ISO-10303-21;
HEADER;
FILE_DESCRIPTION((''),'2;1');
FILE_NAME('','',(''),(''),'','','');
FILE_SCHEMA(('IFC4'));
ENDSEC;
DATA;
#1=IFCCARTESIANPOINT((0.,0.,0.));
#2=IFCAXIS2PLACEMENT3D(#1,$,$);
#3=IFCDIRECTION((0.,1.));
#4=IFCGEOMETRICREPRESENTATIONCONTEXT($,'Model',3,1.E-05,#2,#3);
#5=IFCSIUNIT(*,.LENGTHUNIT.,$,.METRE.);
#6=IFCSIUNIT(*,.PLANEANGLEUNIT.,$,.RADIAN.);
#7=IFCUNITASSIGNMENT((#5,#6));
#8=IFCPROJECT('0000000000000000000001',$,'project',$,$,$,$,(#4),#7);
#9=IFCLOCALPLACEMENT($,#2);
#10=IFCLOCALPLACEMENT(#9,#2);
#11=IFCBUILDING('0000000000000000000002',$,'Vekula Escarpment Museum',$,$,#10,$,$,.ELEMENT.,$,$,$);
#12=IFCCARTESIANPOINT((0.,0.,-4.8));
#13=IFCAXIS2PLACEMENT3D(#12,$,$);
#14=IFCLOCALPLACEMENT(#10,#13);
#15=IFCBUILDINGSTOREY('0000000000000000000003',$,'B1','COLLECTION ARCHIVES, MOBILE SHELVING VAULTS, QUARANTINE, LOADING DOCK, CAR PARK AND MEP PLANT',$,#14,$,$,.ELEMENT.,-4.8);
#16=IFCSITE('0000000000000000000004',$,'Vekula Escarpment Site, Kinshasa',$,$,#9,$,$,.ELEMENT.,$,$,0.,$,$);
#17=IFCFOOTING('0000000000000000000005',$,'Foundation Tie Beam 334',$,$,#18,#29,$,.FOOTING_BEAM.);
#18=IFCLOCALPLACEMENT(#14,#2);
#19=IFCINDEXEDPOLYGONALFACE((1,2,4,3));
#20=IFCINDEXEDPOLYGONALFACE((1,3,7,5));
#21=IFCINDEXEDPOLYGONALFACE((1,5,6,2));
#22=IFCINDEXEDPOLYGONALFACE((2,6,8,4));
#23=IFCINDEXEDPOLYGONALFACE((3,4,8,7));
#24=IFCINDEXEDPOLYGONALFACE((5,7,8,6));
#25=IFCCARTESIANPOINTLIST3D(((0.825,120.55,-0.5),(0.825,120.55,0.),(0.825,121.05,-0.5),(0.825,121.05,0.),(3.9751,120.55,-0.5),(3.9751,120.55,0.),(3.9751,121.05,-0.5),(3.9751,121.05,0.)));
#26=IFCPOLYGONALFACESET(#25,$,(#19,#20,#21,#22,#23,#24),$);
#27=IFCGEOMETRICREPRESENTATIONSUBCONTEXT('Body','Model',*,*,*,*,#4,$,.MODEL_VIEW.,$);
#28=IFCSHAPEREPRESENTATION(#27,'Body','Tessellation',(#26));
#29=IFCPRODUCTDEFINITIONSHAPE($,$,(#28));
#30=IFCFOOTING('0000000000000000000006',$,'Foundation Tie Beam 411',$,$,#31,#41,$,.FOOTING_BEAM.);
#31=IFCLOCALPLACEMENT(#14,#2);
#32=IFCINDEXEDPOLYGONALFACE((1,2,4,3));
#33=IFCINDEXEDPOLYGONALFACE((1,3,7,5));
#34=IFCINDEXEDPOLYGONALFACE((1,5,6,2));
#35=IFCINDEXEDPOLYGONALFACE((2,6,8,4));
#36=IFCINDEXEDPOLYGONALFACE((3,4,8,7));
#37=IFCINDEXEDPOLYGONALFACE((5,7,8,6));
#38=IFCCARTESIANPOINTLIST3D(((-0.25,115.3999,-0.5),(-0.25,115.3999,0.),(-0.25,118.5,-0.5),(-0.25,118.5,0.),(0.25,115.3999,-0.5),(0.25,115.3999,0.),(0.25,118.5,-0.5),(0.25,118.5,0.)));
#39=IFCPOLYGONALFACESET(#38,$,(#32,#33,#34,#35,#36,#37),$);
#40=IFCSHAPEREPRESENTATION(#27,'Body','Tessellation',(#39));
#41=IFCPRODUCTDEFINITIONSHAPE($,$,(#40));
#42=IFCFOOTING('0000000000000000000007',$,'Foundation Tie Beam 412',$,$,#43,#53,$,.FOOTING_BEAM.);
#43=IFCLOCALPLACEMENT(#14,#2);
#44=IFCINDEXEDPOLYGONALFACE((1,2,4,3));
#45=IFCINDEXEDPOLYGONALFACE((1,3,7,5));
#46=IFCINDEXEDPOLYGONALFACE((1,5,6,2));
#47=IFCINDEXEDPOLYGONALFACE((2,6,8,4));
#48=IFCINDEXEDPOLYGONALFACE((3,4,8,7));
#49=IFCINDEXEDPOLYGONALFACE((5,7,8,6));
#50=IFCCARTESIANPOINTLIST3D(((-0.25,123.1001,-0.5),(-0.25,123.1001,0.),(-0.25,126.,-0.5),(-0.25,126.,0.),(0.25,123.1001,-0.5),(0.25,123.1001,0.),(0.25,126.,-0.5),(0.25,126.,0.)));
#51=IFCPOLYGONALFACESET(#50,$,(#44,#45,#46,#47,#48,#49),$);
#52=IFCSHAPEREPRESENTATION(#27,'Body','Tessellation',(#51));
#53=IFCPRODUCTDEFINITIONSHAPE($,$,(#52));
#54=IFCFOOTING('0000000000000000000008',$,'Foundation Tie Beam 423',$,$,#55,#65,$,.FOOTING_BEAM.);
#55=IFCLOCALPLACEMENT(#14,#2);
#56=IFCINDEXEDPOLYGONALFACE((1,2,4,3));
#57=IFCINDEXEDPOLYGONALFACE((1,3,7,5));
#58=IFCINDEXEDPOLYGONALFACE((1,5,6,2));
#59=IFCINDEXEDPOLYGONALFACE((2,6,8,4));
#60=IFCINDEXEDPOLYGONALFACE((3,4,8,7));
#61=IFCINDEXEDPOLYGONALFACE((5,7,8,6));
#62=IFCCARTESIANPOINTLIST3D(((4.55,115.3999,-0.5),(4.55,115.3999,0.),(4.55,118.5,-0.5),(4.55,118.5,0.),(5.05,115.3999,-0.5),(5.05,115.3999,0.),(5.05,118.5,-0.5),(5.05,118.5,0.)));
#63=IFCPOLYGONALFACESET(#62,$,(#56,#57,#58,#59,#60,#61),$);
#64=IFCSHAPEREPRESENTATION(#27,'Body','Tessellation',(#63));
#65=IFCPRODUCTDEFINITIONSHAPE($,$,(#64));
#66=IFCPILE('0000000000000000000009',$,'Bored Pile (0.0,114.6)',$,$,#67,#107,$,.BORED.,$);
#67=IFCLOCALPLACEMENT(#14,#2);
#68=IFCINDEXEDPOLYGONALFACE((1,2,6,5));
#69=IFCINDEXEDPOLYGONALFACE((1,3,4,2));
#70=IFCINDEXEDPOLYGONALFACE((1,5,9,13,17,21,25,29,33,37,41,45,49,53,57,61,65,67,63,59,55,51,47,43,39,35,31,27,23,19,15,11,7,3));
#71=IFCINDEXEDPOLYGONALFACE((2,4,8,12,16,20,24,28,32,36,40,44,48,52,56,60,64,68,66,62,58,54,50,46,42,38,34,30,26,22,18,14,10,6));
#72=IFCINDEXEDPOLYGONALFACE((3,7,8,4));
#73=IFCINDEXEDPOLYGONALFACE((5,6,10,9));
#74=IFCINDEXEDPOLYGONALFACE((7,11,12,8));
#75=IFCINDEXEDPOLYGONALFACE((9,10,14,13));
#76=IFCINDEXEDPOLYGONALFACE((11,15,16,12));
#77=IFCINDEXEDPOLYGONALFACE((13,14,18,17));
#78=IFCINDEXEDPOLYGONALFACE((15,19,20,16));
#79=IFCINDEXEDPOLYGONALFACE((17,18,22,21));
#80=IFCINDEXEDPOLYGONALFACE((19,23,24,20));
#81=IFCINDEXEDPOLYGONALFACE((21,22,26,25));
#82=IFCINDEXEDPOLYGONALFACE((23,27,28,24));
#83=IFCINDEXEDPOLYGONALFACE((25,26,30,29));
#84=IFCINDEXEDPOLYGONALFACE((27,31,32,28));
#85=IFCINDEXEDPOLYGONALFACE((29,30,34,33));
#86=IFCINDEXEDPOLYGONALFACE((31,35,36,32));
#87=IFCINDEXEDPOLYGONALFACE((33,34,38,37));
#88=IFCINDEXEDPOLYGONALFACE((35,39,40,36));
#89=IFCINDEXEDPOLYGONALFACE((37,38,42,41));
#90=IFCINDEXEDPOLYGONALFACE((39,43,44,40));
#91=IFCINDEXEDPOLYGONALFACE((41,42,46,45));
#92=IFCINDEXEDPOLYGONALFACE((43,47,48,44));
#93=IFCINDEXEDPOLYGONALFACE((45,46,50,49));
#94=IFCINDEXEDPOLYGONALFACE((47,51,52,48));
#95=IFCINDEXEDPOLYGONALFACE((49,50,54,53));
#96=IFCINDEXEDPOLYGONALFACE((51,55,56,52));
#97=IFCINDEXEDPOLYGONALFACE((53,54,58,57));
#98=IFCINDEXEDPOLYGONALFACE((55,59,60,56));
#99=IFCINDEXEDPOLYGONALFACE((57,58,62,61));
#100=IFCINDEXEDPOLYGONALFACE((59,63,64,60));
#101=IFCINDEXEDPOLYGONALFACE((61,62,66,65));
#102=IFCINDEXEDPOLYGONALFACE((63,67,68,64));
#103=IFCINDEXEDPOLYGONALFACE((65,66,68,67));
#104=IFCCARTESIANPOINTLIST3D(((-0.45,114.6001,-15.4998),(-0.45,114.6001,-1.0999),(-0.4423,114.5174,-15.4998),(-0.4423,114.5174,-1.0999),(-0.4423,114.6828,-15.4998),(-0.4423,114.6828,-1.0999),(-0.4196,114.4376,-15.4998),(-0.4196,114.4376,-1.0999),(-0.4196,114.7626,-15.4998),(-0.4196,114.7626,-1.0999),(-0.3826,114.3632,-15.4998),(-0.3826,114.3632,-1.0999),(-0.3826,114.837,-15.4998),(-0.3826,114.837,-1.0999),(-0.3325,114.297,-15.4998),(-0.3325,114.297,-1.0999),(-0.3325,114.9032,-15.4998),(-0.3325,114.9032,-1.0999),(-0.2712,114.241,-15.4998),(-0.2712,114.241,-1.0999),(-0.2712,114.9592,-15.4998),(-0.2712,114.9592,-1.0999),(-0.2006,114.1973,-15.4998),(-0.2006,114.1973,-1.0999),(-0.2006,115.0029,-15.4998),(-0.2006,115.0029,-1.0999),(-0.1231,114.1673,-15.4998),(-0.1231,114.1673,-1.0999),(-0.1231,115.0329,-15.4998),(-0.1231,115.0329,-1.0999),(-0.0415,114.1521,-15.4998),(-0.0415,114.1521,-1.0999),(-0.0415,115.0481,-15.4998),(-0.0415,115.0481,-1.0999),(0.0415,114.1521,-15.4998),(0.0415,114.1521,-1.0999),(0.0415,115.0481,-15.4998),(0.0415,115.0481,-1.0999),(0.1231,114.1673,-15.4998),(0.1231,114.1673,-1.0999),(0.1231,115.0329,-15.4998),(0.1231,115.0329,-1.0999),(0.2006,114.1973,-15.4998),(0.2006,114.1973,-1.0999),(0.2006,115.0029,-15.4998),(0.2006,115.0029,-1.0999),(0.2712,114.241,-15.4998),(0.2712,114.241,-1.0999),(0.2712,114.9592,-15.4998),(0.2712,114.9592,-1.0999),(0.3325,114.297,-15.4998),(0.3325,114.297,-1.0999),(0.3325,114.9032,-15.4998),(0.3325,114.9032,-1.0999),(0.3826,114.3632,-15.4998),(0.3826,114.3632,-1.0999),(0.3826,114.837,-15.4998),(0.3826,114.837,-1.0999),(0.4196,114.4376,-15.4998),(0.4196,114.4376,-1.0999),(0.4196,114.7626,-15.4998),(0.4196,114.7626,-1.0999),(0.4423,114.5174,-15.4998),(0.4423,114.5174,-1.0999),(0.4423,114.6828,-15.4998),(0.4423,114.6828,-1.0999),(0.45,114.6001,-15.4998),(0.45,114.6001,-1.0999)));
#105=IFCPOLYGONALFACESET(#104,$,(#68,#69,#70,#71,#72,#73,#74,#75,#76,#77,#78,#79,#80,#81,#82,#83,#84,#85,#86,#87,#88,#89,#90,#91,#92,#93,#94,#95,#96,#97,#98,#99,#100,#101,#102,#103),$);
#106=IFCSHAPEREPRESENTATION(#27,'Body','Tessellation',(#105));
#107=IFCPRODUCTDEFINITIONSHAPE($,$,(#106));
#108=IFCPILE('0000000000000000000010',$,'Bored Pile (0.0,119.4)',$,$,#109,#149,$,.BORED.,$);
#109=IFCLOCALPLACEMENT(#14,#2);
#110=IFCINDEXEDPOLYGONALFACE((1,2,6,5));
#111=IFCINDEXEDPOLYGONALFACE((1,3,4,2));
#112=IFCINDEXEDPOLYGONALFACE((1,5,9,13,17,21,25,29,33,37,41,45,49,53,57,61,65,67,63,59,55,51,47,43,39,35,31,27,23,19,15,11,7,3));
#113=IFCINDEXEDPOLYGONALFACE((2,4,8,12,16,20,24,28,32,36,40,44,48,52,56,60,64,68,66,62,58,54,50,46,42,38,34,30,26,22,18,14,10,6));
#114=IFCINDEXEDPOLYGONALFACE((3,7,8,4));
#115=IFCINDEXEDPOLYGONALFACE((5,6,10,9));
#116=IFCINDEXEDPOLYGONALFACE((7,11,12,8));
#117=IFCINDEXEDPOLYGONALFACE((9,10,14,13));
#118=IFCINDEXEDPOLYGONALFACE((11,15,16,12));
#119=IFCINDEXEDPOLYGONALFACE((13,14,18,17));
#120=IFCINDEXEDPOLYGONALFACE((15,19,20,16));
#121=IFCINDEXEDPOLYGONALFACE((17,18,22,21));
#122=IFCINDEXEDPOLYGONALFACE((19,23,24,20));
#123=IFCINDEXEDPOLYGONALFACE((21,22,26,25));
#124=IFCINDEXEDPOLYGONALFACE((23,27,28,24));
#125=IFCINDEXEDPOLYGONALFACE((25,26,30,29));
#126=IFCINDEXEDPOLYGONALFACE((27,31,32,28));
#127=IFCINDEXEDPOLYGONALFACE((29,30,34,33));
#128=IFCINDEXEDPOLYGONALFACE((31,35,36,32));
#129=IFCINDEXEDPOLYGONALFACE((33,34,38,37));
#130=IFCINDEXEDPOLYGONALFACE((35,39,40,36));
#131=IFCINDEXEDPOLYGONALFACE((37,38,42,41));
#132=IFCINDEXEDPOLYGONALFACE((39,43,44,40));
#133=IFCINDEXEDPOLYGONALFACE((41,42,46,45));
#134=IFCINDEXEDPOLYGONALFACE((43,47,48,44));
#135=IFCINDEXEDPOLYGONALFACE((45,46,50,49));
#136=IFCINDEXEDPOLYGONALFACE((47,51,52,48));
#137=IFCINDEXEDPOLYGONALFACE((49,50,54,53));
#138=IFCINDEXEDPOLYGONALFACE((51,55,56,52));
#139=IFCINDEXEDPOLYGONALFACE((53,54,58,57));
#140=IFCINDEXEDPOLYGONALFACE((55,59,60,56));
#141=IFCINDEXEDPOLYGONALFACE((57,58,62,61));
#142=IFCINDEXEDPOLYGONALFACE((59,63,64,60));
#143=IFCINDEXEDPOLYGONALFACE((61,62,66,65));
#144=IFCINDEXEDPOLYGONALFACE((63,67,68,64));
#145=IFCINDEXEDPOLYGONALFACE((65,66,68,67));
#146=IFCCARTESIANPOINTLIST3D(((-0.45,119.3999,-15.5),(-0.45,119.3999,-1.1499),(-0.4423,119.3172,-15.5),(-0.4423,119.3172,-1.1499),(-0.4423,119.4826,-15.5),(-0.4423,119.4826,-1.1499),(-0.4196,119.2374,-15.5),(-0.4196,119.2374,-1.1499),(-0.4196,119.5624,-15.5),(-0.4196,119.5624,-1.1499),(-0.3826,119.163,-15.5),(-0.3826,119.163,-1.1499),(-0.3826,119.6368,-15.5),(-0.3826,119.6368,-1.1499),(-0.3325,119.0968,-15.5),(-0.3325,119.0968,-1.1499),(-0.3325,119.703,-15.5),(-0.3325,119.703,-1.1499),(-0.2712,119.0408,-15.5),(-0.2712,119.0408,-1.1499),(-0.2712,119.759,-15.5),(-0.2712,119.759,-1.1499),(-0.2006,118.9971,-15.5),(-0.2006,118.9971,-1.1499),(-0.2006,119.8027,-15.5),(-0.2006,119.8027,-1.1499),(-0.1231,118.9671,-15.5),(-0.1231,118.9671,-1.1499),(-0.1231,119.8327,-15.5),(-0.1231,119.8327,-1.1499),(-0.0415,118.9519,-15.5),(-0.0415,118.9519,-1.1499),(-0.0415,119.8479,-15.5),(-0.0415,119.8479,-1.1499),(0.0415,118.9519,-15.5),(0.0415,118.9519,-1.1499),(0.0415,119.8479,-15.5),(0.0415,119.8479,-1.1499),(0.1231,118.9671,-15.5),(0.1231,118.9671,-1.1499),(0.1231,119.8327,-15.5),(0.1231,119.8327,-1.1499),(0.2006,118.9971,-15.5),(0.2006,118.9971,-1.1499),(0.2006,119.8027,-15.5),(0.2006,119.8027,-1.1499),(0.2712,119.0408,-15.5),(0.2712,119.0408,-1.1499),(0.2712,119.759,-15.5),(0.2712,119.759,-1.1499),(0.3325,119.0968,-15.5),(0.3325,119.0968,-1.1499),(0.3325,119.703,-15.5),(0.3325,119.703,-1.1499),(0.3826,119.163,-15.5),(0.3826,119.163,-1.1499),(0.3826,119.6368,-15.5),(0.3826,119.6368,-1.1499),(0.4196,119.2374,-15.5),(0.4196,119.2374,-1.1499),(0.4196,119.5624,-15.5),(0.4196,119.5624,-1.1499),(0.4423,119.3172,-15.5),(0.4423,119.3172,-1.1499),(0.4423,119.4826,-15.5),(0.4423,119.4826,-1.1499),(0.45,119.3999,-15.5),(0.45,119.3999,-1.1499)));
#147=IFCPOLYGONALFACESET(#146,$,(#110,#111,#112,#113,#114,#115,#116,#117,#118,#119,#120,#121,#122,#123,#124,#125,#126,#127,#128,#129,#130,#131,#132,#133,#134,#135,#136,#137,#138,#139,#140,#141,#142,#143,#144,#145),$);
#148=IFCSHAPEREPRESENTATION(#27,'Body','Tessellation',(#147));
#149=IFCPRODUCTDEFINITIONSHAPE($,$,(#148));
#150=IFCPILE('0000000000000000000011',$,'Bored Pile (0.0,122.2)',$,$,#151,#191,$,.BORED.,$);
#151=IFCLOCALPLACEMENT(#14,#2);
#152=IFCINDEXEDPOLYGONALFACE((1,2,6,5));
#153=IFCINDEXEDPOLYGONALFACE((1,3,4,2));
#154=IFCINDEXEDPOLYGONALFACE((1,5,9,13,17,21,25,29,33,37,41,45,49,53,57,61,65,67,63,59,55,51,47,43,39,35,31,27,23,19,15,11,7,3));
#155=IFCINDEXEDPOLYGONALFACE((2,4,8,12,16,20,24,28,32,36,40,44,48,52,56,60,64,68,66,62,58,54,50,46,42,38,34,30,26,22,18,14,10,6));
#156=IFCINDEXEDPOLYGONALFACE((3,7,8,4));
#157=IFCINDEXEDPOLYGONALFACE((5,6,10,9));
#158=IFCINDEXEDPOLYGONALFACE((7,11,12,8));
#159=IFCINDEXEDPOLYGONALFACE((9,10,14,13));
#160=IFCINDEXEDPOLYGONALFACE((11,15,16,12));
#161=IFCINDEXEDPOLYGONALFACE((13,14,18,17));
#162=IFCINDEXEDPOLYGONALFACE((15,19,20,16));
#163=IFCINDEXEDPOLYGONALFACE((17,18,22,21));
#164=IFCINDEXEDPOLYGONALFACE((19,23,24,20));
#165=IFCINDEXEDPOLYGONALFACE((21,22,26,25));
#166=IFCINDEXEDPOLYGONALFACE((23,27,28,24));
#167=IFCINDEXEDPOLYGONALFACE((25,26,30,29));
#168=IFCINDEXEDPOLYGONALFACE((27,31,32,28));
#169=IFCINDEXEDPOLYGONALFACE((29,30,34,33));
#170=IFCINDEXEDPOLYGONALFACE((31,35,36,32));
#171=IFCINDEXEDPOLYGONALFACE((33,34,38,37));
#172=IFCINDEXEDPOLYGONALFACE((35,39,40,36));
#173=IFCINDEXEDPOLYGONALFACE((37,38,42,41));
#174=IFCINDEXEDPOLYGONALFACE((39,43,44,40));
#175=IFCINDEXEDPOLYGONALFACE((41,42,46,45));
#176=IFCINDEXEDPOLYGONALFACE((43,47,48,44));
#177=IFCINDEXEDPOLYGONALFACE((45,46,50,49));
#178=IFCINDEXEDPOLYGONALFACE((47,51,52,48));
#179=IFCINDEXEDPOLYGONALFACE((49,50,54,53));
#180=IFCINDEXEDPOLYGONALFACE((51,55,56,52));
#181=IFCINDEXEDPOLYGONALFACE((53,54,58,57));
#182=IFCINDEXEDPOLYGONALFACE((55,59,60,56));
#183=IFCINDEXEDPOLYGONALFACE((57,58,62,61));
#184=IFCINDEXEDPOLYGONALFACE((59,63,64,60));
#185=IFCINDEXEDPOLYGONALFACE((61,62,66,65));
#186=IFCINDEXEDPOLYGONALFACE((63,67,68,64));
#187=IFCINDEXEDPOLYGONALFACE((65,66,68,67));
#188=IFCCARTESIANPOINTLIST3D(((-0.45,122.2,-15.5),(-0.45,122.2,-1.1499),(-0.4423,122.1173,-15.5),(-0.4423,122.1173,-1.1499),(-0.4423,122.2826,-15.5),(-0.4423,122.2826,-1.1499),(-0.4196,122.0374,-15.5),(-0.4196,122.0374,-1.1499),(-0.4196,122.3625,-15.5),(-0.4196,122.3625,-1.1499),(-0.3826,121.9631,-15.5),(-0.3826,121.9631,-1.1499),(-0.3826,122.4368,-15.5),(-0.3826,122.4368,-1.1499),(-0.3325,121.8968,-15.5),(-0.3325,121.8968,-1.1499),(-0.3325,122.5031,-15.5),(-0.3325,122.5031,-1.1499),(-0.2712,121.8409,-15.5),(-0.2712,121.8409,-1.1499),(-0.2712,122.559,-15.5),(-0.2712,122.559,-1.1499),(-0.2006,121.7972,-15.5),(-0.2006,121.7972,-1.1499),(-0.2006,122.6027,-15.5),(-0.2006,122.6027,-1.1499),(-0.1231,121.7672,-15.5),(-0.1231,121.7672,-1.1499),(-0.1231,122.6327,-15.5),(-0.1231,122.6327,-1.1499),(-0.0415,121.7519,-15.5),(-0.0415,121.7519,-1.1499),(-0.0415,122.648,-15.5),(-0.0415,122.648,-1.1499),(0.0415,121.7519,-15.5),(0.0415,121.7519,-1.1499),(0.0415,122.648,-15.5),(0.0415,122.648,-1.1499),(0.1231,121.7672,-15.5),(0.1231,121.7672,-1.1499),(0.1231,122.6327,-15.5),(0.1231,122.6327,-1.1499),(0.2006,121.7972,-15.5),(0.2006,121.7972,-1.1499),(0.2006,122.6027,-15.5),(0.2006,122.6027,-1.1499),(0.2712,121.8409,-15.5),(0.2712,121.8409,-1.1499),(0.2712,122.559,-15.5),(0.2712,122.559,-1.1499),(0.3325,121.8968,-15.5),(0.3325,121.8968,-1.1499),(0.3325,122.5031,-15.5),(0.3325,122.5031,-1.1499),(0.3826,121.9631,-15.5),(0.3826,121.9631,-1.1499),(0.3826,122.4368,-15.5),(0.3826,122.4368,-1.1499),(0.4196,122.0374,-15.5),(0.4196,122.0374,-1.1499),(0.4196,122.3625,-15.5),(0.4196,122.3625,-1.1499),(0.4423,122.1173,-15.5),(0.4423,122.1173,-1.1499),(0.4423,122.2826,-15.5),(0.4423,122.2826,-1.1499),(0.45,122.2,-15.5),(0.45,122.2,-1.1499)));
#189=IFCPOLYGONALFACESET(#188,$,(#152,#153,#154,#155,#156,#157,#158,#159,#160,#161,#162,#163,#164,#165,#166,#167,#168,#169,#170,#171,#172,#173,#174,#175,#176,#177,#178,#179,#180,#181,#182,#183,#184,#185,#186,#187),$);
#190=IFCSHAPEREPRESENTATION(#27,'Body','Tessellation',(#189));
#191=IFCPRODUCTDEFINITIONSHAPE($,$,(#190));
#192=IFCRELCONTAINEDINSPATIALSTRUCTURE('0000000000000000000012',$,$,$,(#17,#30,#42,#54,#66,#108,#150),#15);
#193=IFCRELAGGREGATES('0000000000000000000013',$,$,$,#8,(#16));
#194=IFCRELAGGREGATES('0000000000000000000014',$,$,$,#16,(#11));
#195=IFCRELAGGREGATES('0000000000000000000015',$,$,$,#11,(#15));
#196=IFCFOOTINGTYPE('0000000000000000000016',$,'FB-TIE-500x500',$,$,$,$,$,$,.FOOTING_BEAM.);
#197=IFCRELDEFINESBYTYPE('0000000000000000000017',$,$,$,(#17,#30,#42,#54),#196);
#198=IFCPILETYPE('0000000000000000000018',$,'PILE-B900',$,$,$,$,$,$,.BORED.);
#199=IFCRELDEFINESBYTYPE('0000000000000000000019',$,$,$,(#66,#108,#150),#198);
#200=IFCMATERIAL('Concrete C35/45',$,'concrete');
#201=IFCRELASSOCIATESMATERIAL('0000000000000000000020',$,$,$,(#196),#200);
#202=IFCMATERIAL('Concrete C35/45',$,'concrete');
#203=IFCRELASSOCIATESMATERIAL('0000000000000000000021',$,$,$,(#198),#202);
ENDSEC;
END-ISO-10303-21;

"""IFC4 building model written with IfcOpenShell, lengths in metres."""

from ifc_helpers import new_model, si_unit, direction, frame, origin, origin_2d, place, context, subcontext, project, spatial, rectangle, circle, extrude, material, material_profile, profile_set, type_object, element, save


model = new_model("IFC4")

# Units and contexts
model_context = context("Model", 3, precision=1e-05, world=origin(), true_north=direction((0.0, 1.0)))
body_context = subcontext(model_context, "Body", "Model", "MODEL_VIEW")
ifc_project = project(units=[si_unit("LENGTHUNIT", "METRE"), si_unit("PLANEANGLEUNIT", "RADIAN")], contexts=[model_context])

# Site, building, storey
site_placement = place(None, origin())
site = spatial("IfcSite", under=ifc_project, at=site_placement, Name="Vekula Escarpment Site, Kinshasa", CompositionType="ELEMENT", RefElevation=0.0)
building_placement = place(site_placement, origin())
building = spatial("IfcBuilding", under=site, at=building_placement, Name="Vekula Escarpment Museum", CompositionType="ELEMENT")
storey_placement = place(building_placement, frame((0.0, 0.0, -4.8)))
storey = spatial("IfcBuildingStorey", under=building, at=storey_placement, Name="B1", Description="COLLECTION ARCHIVES, MOBILE SHELVING VAULTS, QUARANTINE, LOADING DOCK, CAR PARK AND MEP PLANT", CompositionType="ELEMENT", Elevation=-4.8)

# Footings
ifc_material_1 = material(Name="Concrete C35/45", Category="concrete")
ifc_material_profile_1 = material_profile(ifc_material_1, rectangle(XDim=0.5, YDim=0.5, at=origin_2d()), Name="RC 500x500")
ifc_profile_set_1 = profile_set([ifc_material_profile_1], Name="Concrete C35/45")
footing_type = type_object("IfcFootingType", Name="FB-TIE-500x500", PredefinedType="FOOTING_BEAM", material=ifc_profile_set_1)
footing_1_placement = place(storey_placement, frame((0.825, 120.8, -0.25), z_axis=(1.0, 0.0, 0.0), x_axis=(0.0, 1.0, 0.0)))
element("IfcFooting", 1, at=footing_1_placement, inside=storey, type_object=footing_type, Name="Foundation Tie Beam 334", PredefinedType="FOOTING_BEAM", context=body_context, shape_type="SweptSolid", body=[
    extrude(rectangle(XDim=0.5, YDim=0.5, at=origin_2d()), origin(), (0.0, 0.0, 1.0), 3.1501),
])
footing_2_placement = place(storey_placement, frame((0.0, 115.3999, -0.25), z_axis=(0.0, 1.0, 0.0), x_axis=(-1.0, 0.0, 0.0)))
element("IfcFooting", 2, at=footing_2_placement, inside=storey, type_object=footing_type, Name="Foundation Tie Beam 411", PredefinedType="FOOTING_BEAM", context=body_context, shape_type="SweptSolid", body=[
    extrude(rectangle(XDim=0.5, YDim=0.5, at=origin_2d()), origin(), (0.0, 0.0, 1.0), 3.1001),
])
footing_3_placement = place(storey_placement, frame((0.0, 123.1001, -0.25), z_axis=(0.0, 1.0, 0.0), x_axis=(-1.0, 0.0, 0.0)))
element("IfcFooting", 3, at=footing_3_placement, inside=storey, type_object=footing_type, Name="Foundation Tie Beam 412", PredefinedType="FOOTING_BEAM", context=body_context, shape_type="SweptSolid", body=[
    extrude(rectangle(XDim=0.5, YDim=0.5, at=origin_2d()), origin(), (0.0, 0.0, 1.0), 2.8999),
])
footing_4_placement = place(storey_placement, frame((4.8, 115.3999, -0.25), z_axis=(0.0, 1.0, 0.0), x_axis=(-1.0, 0.0, 0.0)))
element("IfcFooting", 4, at=footing_4_placement, inside=storey, type_object=footing_type, Name="Foundation Tie Beam 423", PredefinedType="FOOTING_BEAM", context=body_context, shape_type="SweptSolid", body=[
    extrude(rectangle(XDim=0.5, YDim=0.5, at=origin_2d()), origin(), (0.0, 0.0, 1.0), 3.1001),
])

# Piles
ifc_material_2 = material(Name="Concrete C35/45", Category="concrete")
ifc_material_profile_2 = material_profile(ifc_material_2, circle(Radius=0.45, at=origin_2d()), Name="BORED PILE 900")
ifc_profile_set_2 = profile_set([ifc_material_profile_2], Name="Concrete C35/45")
pile_type = type_object("IfcPileType", Name="PILE-B900", PredefinedType="BORED", material=ifc_profile_set_2)
pile_1_placement = place(storey_placement, frame((0.0, 114.6001, -1.0999), z_axis=(0.0, 0.0, -1.0), x_axis=(1.0, 0.0, 0.0)))
element("IfcPile", 5, at=pile_1_placement, inside=storey, type_object=pile_type, Name="Bored Pile (0.0,114.6)", PredefinedType="BORED", context=body_context, shape_type="SweptSolid", body=[
    extrude(circle(Radius=0.45, at=origin_2d()), origin(), (0.0, 0.0, 1.0), 14.3999),
])
for number, where, z_axis, x_axis, name in (
    (6, (0.0, 119.3999, -1.1499), (0.0, 0.0, -1.0), (1.0, 0.0, 0.0), "Bored Pile (0.0,119.4)"),
    (7, (0.0, 122.2, -1.1499), (0.0, 0.0, -1.0), (1.0, 0.0, 0.0), "Bored Pile (0.0,122.2)"),
):
    element("IfcPile", number, at=place(storey_placement, frame(where, z_axis=z_axis, x_axis=x_axis)), inside=storey, type_object=pile_type, Name=name, PredefinedType="BORED", context=body_context, shape_type="SweptSolid", body=[
        extrude(circle(Radius=0.45, at=origin_2d()), origin(), (0.0, 0.0, 1.0), 14.3501),
    ])

save(model, "model.ifc")
